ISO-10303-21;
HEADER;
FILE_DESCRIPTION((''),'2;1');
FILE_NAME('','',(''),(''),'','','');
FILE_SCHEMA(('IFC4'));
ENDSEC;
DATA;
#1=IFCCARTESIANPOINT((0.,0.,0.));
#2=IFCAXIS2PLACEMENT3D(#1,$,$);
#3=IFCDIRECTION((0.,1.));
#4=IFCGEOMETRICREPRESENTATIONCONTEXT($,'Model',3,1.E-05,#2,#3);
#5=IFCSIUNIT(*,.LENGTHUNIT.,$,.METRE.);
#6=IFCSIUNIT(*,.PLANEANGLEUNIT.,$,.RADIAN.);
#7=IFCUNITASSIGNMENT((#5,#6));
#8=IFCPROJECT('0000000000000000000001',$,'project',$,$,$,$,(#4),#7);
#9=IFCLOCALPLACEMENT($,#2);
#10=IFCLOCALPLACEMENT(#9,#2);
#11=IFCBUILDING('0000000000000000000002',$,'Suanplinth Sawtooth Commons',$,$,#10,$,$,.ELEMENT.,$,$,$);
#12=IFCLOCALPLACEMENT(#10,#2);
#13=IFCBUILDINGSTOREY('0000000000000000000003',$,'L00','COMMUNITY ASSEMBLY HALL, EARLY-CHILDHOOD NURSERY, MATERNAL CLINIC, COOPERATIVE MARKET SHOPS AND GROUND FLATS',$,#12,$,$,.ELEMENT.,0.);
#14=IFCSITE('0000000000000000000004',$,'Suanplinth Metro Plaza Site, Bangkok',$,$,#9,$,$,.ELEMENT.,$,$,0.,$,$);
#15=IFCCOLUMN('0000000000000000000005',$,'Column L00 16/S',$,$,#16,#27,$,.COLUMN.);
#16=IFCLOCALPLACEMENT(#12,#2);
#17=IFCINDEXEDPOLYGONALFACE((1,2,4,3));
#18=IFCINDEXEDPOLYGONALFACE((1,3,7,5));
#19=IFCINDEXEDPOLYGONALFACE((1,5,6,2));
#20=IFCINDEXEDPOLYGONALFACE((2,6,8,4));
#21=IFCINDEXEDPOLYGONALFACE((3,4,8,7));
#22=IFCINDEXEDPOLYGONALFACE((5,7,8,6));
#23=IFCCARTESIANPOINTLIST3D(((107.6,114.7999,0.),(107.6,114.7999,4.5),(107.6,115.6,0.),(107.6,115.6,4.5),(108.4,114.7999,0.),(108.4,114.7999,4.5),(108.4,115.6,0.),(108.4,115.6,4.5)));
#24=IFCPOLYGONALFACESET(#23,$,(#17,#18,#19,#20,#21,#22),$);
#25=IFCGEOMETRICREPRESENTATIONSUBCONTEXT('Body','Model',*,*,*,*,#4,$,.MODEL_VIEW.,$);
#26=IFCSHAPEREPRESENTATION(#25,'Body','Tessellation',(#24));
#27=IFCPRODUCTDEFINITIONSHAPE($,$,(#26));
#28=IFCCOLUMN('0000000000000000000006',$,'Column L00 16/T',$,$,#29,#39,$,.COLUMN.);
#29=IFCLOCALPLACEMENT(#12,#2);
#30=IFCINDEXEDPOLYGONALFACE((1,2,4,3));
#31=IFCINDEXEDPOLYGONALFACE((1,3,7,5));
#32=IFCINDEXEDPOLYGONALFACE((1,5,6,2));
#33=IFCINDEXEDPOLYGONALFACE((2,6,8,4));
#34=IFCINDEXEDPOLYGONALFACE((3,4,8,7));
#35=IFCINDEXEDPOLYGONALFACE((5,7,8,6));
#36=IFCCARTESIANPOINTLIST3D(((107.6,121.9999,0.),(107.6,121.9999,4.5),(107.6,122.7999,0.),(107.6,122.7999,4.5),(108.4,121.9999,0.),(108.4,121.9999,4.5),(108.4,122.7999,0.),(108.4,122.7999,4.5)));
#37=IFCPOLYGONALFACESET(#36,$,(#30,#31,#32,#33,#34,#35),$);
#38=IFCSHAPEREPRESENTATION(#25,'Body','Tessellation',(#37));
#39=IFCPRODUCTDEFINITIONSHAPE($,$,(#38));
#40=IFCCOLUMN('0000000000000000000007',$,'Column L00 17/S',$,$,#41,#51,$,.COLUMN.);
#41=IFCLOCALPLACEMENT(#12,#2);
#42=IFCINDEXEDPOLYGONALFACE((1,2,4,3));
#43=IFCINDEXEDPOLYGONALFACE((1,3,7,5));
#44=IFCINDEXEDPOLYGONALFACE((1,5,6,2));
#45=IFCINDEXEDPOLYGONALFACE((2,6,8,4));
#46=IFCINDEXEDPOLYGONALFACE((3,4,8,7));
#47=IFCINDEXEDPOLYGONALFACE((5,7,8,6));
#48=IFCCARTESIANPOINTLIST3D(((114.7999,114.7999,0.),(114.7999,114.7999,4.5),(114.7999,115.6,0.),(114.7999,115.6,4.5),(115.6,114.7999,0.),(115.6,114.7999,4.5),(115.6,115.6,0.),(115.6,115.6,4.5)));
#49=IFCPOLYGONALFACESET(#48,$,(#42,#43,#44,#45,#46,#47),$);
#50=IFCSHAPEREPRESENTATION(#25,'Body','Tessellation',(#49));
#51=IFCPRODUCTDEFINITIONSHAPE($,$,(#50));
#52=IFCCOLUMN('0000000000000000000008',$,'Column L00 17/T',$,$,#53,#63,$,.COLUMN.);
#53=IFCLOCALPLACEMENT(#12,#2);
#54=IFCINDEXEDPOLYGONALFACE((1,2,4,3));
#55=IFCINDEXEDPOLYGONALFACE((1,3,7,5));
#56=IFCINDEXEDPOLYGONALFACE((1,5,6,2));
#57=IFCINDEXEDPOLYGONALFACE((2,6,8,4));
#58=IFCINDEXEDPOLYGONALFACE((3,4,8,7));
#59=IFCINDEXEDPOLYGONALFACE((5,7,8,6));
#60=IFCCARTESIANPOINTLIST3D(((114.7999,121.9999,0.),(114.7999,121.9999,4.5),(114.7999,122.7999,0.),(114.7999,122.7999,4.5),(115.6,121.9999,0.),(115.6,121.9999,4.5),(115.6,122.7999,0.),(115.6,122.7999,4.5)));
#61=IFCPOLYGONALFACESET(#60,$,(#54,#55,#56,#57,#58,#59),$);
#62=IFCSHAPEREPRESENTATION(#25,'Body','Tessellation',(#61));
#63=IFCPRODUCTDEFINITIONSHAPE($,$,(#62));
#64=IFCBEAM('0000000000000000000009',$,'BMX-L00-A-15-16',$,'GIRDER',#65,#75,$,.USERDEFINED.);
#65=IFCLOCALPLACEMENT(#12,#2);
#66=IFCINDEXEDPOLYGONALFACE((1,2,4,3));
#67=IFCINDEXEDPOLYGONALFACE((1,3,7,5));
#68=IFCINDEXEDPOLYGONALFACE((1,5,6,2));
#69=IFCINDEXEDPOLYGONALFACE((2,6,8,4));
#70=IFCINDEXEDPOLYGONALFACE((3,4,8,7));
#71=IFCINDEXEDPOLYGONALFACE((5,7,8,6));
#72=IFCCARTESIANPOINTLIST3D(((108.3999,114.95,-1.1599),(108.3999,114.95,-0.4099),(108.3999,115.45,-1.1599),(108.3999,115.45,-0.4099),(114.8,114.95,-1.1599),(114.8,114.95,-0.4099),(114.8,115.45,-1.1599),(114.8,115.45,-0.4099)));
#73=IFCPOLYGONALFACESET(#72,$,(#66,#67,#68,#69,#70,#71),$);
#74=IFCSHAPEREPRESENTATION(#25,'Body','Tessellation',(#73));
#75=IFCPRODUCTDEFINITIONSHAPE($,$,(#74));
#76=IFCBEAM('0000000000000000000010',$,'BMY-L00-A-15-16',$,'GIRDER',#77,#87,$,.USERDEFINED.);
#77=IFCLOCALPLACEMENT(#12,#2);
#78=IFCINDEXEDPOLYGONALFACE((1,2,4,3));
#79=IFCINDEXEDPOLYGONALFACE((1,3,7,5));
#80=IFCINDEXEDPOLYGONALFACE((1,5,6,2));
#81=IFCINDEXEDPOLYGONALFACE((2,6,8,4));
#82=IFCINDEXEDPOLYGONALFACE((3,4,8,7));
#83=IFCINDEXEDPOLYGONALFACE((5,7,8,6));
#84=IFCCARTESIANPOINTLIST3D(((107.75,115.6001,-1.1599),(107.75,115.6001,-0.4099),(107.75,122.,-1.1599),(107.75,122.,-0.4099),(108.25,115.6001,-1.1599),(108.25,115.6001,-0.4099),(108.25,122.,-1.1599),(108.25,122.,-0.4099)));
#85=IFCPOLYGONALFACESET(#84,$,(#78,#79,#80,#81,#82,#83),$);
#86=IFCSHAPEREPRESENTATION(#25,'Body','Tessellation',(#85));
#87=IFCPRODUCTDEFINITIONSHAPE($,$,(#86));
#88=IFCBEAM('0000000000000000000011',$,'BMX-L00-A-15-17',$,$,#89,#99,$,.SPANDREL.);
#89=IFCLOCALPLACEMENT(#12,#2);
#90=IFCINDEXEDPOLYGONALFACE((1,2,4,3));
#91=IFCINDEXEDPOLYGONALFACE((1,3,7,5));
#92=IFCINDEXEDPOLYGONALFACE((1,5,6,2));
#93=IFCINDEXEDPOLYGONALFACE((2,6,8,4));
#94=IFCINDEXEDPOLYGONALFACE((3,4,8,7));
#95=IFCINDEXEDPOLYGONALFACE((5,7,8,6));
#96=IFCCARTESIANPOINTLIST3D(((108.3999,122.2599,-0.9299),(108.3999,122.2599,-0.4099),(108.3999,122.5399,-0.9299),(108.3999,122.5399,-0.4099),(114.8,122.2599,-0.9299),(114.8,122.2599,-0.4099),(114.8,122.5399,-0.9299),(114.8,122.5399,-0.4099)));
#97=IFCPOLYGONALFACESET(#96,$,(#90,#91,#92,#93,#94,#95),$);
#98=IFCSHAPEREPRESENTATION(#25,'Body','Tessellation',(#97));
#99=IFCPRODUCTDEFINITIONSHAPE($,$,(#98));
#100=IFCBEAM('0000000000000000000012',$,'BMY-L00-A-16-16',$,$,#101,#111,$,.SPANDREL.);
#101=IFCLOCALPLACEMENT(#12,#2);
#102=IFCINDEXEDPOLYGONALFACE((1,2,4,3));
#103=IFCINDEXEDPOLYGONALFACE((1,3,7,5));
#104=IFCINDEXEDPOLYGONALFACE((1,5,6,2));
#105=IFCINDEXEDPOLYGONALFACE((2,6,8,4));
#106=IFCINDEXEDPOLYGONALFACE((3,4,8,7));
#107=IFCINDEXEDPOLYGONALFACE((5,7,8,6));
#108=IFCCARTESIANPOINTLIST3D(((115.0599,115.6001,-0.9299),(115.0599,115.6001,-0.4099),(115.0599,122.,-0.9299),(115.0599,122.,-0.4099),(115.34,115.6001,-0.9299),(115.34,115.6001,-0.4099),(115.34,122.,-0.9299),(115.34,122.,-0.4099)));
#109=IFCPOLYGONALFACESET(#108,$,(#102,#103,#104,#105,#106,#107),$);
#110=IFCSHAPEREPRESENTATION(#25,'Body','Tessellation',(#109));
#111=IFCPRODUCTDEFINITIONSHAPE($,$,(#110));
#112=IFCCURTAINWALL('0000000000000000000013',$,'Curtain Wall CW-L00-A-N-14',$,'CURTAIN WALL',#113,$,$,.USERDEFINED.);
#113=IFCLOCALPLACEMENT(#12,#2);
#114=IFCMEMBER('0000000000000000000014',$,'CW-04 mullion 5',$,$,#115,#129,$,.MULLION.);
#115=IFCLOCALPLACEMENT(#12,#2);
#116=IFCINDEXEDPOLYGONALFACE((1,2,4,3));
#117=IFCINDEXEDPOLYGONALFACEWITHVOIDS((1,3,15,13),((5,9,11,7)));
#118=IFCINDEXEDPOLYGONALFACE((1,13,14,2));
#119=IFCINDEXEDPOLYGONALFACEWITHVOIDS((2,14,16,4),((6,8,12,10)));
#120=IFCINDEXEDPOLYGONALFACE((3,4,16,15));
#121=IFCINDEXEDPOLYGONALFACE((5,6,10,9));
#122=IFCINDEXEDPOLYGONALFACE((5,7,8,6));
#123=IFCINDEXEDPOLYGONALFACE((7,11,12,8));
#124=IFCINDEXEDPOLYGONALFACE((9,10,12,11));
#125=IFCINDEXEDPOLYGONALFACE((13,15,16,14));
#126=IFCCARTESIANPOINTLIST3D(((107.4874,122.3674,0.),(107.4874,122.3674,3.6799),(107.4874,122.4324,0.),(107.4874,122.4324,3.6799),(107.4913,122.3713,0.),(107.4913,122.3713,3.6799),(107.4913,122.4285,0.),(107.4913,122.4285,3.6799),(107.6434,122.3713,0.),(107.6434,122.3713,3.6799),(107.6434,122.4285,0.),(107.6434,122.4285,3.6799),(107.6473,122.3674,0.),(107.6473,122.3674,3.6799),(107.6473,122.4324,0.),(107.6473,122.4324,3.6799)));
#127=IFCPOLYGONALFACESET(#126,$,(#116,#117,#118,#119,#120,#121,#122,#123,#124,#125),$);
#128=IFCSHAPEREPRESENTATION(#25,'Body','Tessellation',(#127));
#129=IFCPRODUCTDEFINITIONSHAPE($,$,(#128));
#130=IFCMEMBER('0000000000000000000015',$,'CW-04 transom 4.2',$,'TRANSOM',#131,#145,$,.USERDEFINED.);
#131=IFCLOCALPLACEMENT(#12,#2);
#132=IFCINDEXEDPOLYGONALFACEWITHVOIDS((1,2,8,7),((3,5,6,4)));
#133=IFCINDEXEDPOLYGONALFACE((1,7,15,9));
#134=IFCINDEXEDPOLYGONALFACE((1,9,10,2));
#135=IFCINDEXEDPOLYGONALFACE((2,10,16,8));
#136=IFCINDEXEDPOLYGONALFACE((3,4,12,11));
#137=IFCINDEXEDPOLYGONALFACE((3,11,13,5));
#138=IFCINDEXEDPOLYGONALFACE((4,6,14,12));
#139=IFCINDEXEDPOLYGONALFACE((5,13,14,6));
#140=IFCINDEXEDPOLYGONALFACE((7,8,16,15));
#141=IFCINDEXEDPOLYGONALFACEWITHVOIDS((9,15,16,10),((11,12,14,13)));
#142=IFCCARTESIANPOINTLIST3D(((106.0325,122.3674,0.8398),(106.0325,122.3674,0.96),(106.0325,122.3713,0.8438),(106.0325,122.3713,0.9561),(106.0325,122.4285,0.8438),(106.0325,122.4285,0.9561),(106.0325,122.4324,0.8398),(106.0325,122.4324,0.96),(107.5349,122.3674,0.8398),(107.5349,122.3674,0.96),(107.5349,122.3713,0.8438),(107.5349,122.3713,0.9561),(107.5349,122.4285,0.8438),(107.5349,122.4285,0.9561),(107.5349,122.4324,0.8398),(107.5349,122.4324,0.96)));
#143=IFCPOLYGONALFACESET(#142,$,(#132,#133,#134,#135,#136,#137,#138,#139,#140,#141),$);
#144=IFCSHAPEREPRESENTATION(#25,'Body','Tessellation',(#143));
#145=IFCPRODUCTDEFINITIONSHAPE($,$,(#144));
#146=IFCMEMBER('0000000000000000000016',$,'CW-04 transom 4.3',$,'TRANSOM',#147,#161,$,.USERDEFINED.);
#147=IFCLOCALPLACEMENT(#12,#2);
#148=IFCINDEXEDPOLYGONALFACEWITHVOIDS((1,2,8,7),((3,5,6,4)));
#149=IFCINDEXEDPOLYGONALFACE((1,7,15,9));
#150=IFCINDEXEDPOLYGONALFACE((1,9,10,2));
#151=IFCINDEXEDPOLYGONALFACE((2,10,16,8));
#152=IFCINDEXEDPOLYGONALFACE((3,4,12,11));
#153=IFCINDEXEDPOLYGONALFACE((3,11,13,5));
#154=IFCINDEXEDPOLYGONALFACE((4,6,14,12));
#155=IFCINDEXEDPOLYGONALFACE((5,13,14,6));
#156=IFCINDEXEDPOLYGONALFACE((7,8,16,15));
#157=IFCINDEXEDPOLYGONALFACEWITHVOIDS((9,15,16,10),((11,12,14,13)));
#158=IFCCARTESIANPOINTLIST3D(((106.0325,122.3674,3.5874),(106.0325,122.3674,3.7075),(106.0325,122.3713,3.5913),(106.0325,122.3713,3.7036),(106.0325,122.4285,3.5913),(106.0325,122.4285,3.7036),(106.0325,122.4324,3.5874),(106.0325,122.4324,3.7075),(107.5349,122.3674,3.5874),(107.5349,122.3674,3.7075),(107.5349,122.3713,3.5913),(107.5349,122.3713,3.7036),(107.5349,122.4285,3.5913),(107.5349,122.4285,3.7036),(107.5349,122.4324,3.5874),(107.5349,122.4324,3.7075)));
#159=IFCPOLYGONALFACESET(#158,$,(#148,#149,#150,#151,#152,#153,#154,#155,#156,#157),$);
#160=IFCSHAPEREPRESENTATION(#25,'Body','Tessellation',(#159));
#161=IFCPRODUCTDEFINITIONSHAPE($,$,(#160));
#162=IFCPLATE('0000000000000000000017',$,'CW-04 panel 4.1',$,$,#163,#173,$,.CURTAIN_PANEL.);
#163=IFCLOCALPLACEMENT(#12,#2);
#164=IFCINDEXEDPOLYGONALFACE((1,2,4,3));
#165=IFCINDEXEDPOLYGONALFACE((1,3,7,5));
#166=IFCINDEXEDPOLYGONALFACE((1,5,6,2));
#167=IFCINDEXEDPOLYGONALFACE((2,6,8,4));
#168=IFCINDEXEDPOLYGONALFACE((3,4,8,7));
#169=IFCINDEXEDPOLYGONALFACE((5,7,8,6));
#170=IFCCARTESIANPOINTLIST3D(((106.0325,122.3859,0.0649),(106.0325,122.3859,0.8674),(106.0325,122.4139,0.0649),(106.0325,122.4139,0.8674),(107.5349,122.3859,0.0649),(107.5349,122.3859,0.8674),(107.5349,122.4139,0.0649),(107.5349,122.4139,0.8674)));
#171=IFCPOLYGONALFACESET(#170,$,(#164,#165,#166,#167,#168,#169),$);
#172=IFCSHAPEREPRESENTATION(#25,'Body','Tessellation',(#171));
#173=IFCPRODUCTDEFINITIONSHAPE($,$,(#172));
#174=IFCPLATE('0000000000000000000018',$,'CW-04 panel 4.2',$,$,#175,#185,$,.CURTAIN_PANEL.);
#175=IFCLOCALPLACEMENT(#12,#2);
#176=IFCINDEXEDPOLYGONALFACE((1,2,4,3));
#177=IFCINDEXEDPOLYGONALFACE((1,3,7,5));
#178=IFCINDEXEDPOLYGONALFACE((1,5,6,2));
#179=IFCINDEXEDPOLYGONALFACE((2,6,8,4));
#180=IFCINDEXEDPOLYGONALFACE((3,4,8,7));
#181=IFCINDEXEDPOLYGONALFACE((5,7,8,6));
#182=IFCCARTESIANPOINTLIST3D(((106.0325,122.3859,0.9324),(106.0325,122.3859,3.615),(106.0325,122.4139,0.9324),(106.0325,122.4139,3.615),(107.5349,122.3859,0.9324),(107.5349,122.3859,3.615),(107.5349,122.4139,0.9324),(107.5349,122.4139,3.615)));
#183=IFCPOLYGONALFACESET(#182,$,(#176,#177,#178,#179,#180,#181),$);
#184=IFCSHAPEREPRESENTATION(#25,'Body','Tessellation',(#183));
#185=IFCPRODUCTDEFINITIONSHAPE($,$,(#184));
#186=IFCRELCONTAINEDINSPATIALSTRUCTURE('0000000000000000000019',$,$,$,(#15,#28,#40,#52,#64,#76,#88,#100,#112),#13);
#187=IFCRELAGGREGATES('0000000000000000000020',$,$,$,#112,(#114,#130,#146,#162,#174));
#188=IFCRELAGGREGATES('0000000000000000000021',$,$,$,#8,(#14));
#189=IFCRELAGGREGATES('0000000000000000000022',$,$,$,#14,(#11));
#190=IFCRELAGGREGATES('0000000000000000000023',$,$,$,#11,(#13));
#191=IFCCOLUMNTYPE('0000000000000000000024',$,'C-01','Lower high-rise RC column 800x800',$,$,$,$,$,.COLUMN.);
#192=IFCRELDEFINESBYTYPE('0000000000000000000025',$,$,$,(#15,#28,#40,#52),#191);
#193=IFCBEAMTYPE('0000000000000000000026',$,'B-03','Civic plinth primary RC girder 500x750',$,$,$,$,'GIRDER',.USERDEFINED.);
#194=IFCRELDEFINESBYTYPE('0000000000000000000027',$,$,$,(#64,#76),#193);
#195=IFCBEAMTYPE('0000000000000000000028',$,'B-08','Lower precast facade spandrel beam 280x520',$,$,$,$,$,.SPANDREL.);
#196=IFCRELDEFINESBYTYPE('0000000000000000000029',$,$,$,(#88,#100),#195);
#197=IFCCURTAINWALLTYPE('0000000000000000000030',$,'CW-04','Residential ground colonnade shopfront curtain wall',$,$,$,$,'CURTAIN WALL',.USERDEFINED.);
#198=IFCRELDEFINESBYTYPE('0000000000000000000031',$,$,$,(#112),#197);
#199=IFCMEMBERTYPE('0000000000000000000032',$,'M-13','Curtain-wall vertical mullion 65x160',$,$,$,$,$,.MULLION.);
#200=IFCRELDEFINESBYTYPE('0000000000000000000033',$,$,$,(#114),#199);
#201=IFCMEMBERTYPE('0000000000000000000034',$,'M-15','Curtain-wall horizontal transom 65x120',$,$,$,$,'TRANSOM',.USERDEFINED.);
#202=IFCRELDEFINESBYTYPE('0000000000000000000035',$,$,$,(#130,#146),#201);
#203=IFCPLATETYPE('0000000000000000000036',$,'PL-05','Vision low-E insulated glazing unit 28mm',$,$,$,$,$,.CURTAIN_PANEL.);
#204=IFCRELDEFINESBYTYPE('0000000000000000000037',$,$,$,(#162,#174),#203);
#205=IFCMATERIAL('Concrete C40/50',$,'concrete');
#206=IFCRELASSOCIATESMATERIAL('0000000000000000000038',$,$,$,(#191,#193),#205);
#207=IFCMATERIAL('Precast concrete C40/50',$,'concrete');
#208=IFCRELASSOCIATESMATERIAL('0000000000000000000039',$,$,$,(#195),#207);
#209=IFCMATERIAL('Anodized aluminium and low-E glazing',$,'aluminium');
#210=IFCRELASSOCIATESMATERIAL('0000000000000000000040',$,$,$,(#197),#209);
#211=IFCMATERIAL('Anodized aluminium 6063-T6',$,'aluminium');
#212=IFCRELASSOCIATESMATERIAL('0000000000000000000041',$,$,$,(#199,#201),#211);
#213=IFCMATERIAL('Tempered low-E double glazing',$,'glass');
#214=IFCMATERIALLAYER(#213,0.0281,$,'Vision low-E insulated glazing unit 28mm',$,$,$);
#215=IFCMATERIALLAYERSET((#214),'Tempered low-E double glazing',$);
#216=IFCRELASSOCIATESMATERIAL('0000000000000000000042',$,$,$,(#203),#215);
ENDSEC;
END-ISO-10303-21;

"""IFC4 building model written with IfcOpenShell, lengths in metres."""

from ifc_helpers import new_model, si_unit, direction, frame, origin, origin_2d, place, context, subcontext, project, spatial, rectangle, hollow_rectangle, extrude, material, layer, layer_set, material_profile, profile_set, type_object, element, aggregate, save


model = new_model("IFC4")

# Units and contexts
model_context = context("Model", 3, precision=1e-05, world=origin(), true_north=direction((0.0, 1.0)))
body_context = subcontext(model_context, "Body", "Model", "MODEL_VIEW")
ifc_project = project(units=[si_unit("LENGTHUNIT", "METRE"), si_unit("PLANEANGLEUNIT", "RADIAN")], contexts=[model_context])

# Site, building, storey
site_placement = place(None, origin())
site = spatial("IfcSite", under=ifc_project, at=site_placement, Name="Suanplinth Metro Plaza Site, Bangkok", CompositionType="ELEMENT", RefElevation=0.0)
building_placement = place(site_placement, origin())
building = spatial("IfcBuilding", under=site, at=building_placement, Name="Suanplinth Sawtooth Commons", CompositionType="ELEMENT")
storey_placement = place(building_placement, origin())
storey = spatial("IfcBuildingStorey", under=building, at=storey_placement, Name="L00", Description="COMMUNITY ASSEMBLY HALL, EARLY-CHILDHOOD NURSERY, MATERNAL CLINIC, COOPERATIVE MARKET SHOPS AND GROUND FLATS", CompositionType="ELEMENT", Elevation=0.0)

# Columns
ifc_material_1 = material(Name="Concrete C40/50", Category="concrete")
ifc_material_profile_1 = material_profile(ifc_material_1, rectangle(XDim=0.8, YDim=0.8, at=origin_2d()), Name="RC-COL 800x800")
ifc_profile_set_1 = profile_set([ifc_material_profile_1], Name="Concrete C40/50")
column_type = type_object("IfcColumnType", Name="C-01", Description="Lower high-rise RC column 800x800", PredefinedType="COLUMN", material=ifc_profile_set_1)
for number, where, z_axis, x_axis, name in (
    (1, (108.0, 115.2, 0.0), (0.0, 0.0, 1.0), (1.0, 0.0, 0.0), "Column L00 16/S"),
    (2, (108.0, 122.3999, 0.0), (0.0, 0.0, 1.0), (1.0, 0.0, 0.0), "Column L00 16/T"),
    (3, (115.2, 115.2, 0.0), (0.0, 0.0, 1.0), (1.0, 0.0, 0.0), "Column L00 17/S"),
    (4, (115.2, 122.3999, 0.0), (0.0, 0.0, 1.0), (1.0, 0.0, 0.0), "Column L00 17/T"),
):
    element("IfcColumn", number, at=place(storey_placement, frame(where, z_axis=z_axis, x_axis=x_axis)), inside=storey, type_object=column_type, Name=name, PredefinedType="COLUMN", context=body_context, shape_type="SweptSolid", body=[
        extrude(rectangle(XDim=0.8, YDim=0.8, at=origin_2d()), origin(), (0.0, 0.0, 1.0), 4.5),
    ])

# Beams
ifc_material_profile_2 = material_profile(ifc_material_1, rectangle(XDim=0.5, YDim=0.75, at=origin_2d()), Name="RC-GDR 500x750")
ifc_profile_set_2 = profile_set([ifc_material_profile_2], Name="Concrete C40/50")
beam_type_1 = type_object("IfcBeamType", Name="B-03", Description="Civic plinth primary RC girder 500x750", ElementType="GIRDER", PredefinedType="USERDEFINED", material=ifc_profile_set_2)
beam_1_placement = place(storey_placement, frame((108.3999, 115.2, -0.7849), z_axis=(1.0, 0.0, 0.0), x_axis=(0.0, 1.0, 0.0)))
element("IfcBeam", 5, at=beam_1_placement, inside=storey, type_object=beam_type_1, Name="BMX-L00-A-15-16", ObjectType="GIRDER", PredefinedType="USERDEFINED", context=body_context, shape_type="SweptSolid", body=[
    extrude(rectangle(XDim=0.5, YDim=0.75, at=origin_2d()), origin(), (0.0, 0.0, 1.0), 6.4001),
])
beam_2_placement = place(storey_placement, frame((108.0, 115.6001, -0.7849), z_axis=(0.0, 1.0, 0.0), x_axis=(-1.0, 0.0, 0.0)))
element("IfcBeam", 6, at=beam_2_placement, inside=storey, type_object=beam_type_1, Name="BMY-L00-A-15-16", ObjectType="GIRDER", PredefinedType="USERDEFINED", context=body_context, shape_type="SweptSolid", body=[
    extrude(rectangle(XDim=0.5, YDim=0.75, at=origin_2d()), origin(), (0.0, 0.0, 1.0), 6.3999),
])
ifc_material_2 = material(Name="Precast concrete C40/50", Category="concrete")
ifc_material_profile_3 = material_profile(ifc_material_2, rectangle(XDim=0.28, YDim=0.52, at=origin_2d()), Name="PC-SP 280x520")
ifc_profile_set_3 = profile_set([ifc_material_profile_3], Name="Precast concrete C40/50")
beam_type_2 = type_object("IfcBeamType", Name="B-08", Description="Lower precast facade spandrel beam 280x520", PredefinedType="SPANDREL", material=ifc_profile_set_3)
beam_3_placement = place(storey_placement, frame((108.3999, 122.3999, -0.6699), z_axis=(1.0, 0.0, 0.0), x_axis=(0.0, 1.0, 0.0)))
element("IfcBeam", 7, at=beam_3_placement, inside=storey, type_object=beam_type_2, Name="BMX-L00-A-15-17", PredefinedType="SPANDREL", context=body_context, shape_type="SweptSolid", body=[
    extrude(rectangle(XDim=0.28, YDim=0.52, at=origin_2d()), origin(), (0.0, 0.0, 1.0), 6.4001),
])
beam_4_placement = place(storey_placement, frame((115.2, 115.6001, -0.6699), z_axis=(0.0, 1.0, 0.0), x_axis=(-1.0, 0.0, 0.0)))
element("IfcBeam", 8, at=beam_4_placement, inside=storey, type_object=beam_type_2, Name="BMY-L00-A-16-16", PredefinedType="SPANDREL", context=body_context, shape_type="SweptSolid", body=[
    extrude(rectangle(XDim=0.28, YDim=0.52, at=origin_2d()), origin(), (0.0, 0.0, 1.0), 6.3999),
])

# Curtain wall, members, plates
ifc_material_3 = material(Name="Anodized aluminium and low-E glazing", Category="aluminium")
curtain_wall_type = type_object("IfcCurtainWallType", Name="CW-04", Description="Residential ground colonnade shopfront curtain wall", ElementType="CURTAIN WALL", PredefinedType="USERDEFINED", material=ifc_material_3)
curtain_wall_placement = place(storey_placement, origin())
curtain_wall = element("IfcCurtainWall", 9, at=curtain_wall_placement, inside=storey, type_object=curtain_wall_type, Name="Curtain Wall CW-L00-A-N-14", ObjectType="CURTAIN WALL", PredefinedType="USERDEFINED")
ifc_material_4 = material(Name="Anodized aluminium 6063-T6", Category="aluminium")
ifc_material_profile_4 = material_profile(ifc_material_4, hollow_rectangle(XDim=0.0649, YDim=0.1599, WallThickness=0.0039, at=origin_2d()), Name="ALU-MUL 65x160")
ifc_profile_set_4 = profile_set([ifc_material_profile_4], Name="Anodized aluminium 6063-T6")
member_type_1 = type_object("IfcMemberType", Name="M-13", Description="Curtain-wall vertical mullion 65x160", PredefinedType="MULLION", material=ifc_profile_set_4)
member_1_placement = place(storey_placement, frame((107.5674, 122.3999, 0.0), z_axis=(0.0, 0.0, 1.0), x_axis=(0.0, 1.0, 0.0)))
member_1 = element("IfcMember", 10, at=member_1_placement, type_object=member_type_1, Name="CW-04 mullion 5", PredefinedType="MULLION", context=body_context, shape_type="SweptSolid", body=[
    extrude(hollow_rectangle(XDim=0.0649, YDim=0.1599, WallThickness=0.0039, at=origin_2d()), origin(), (0.0, 0.0, 1.0), 3.6799),
])
ifc_material_profile_5 = material_profile(ifc_material_4, hollow_rectangle(XDim=0.0649, YDim=0.1201, WallThickness=0.0039, at=origin_2d()), Name="ALU-TRN 65x120")
ifc_profile_set_5 = profile_set([ifc_material_profile_5], Name="Anodized aluminium 6063-T6")
member_type_2 = type_object("IfcMemberType", Name="M-15", Description="Curtain-wall horizontal transom 65x120", ElementType="TRANSOM", PredefinedType="USERDEFINED", material=ifc_profile_set_5)
member_2_placement = place(storey_placement, frame((106.0325, 122.3999, 0.8999), z_axis=(1.0, 0.0, 0.0), x_axis=(0.0, 1.0, 0.0)))
member_2 = element("IfcMember", 11, at=member_2_placement, type_object=member_type_2, Name="CW-04 transom 4.2", ObjectType="TRANSOM", PredefinedType="USERDEFINED", context=body_context, shape_type="SweptSolid", body=[
    extrude(hollow_rectangle(XDim=0.0649, YDim=0.1201, WallThickness=0.0039, at=origin_2d()), origin(), (0.0, 0.0, 1.0), 1.5024),
])
member_3_placement = place(storey_placement, frame((106.0325, 122.3999, 3.6475), z_axis=(1.0, 0.0, 0.0), x_axis=(0.0, 1.0, 0.0)))
member_3 = element("IfcMember", 12, at=member_3_placement, type_object=member_type_2, Name="CW-04 transom 4.3", ObjectType="TRANSOM", PredefinedType="USERDEFINED", context=body_context, shape_type="SweptSolid", body=[
    extrude(hollow_rectangle(XDim=0.0649, YDim=0.1201, WallThickness=0.0039, at=origin_2d()), origin(), (0.0, 0.0, 1.0), 1.5024),
])
ifc_material_5 = material(Name="Tempered low-E double glazing", Category="glass")
ifc_layer_1 = layer(ifc_material_5, 0.0281, Name="Vision low-E insulated glazing unit 28mm")
ifc_layer_set_1 = layer_set([ifc_layer_1], Name="Tempered low-E double glazing")
plate_type = type_object("IfcPlateType", Name="PL-05", Description="Vision low-E insulated glazing unit 28mm", PredefinedType="CURTAIN_PANEL", material=ifc_layer_set_1)
plate_1_placement = place(storey_placement, frame((106.7837, 122.3999, 0.0649), z_axis=(0.0, 0.0, 1.0), x_axis=(1.0, 0.0, 0.0)))
plate_1 = element("IfcPlate", 13, at=plate_1_placement, type_object=plate_type, Name="CW-04 panel 4.1", PredefinedType="CURTAIN_PANEL", context=body_context, shape_type="SweptSolid", body=[
    extrude(rectangle(XDim=1.5024, YDim=0.0281, at=origin_2d()), origin(), (0.0, 0.0, 1.0), 0.8025),
])
plate_2_placement = place(storey_placement, frame((106.7837, 122.3999, 0.9324), z_axis=(0.0, 0.0, 1.0), x_axis=(1.0, 0.0, 0.0)))
plate_2 = element("IfcPlate", 14, at=plate_2_placement, type_object=plate_type, Name="CW-04 panel 4.2", PredefinedType="CURTAIN_PANEL", context=body_context, shape_type="SweptSolid", body=[
    extrude(rectangle(XDim=1.5024, YDim=0.0281, at=origin_2d()), origin(), (0.0, 0.0, 1.0), 2.6826),
])
aggregate(curtain_wall, [member_1, member_2, member_3, plate_1, plate_2])

save(model, "model.ifc")
